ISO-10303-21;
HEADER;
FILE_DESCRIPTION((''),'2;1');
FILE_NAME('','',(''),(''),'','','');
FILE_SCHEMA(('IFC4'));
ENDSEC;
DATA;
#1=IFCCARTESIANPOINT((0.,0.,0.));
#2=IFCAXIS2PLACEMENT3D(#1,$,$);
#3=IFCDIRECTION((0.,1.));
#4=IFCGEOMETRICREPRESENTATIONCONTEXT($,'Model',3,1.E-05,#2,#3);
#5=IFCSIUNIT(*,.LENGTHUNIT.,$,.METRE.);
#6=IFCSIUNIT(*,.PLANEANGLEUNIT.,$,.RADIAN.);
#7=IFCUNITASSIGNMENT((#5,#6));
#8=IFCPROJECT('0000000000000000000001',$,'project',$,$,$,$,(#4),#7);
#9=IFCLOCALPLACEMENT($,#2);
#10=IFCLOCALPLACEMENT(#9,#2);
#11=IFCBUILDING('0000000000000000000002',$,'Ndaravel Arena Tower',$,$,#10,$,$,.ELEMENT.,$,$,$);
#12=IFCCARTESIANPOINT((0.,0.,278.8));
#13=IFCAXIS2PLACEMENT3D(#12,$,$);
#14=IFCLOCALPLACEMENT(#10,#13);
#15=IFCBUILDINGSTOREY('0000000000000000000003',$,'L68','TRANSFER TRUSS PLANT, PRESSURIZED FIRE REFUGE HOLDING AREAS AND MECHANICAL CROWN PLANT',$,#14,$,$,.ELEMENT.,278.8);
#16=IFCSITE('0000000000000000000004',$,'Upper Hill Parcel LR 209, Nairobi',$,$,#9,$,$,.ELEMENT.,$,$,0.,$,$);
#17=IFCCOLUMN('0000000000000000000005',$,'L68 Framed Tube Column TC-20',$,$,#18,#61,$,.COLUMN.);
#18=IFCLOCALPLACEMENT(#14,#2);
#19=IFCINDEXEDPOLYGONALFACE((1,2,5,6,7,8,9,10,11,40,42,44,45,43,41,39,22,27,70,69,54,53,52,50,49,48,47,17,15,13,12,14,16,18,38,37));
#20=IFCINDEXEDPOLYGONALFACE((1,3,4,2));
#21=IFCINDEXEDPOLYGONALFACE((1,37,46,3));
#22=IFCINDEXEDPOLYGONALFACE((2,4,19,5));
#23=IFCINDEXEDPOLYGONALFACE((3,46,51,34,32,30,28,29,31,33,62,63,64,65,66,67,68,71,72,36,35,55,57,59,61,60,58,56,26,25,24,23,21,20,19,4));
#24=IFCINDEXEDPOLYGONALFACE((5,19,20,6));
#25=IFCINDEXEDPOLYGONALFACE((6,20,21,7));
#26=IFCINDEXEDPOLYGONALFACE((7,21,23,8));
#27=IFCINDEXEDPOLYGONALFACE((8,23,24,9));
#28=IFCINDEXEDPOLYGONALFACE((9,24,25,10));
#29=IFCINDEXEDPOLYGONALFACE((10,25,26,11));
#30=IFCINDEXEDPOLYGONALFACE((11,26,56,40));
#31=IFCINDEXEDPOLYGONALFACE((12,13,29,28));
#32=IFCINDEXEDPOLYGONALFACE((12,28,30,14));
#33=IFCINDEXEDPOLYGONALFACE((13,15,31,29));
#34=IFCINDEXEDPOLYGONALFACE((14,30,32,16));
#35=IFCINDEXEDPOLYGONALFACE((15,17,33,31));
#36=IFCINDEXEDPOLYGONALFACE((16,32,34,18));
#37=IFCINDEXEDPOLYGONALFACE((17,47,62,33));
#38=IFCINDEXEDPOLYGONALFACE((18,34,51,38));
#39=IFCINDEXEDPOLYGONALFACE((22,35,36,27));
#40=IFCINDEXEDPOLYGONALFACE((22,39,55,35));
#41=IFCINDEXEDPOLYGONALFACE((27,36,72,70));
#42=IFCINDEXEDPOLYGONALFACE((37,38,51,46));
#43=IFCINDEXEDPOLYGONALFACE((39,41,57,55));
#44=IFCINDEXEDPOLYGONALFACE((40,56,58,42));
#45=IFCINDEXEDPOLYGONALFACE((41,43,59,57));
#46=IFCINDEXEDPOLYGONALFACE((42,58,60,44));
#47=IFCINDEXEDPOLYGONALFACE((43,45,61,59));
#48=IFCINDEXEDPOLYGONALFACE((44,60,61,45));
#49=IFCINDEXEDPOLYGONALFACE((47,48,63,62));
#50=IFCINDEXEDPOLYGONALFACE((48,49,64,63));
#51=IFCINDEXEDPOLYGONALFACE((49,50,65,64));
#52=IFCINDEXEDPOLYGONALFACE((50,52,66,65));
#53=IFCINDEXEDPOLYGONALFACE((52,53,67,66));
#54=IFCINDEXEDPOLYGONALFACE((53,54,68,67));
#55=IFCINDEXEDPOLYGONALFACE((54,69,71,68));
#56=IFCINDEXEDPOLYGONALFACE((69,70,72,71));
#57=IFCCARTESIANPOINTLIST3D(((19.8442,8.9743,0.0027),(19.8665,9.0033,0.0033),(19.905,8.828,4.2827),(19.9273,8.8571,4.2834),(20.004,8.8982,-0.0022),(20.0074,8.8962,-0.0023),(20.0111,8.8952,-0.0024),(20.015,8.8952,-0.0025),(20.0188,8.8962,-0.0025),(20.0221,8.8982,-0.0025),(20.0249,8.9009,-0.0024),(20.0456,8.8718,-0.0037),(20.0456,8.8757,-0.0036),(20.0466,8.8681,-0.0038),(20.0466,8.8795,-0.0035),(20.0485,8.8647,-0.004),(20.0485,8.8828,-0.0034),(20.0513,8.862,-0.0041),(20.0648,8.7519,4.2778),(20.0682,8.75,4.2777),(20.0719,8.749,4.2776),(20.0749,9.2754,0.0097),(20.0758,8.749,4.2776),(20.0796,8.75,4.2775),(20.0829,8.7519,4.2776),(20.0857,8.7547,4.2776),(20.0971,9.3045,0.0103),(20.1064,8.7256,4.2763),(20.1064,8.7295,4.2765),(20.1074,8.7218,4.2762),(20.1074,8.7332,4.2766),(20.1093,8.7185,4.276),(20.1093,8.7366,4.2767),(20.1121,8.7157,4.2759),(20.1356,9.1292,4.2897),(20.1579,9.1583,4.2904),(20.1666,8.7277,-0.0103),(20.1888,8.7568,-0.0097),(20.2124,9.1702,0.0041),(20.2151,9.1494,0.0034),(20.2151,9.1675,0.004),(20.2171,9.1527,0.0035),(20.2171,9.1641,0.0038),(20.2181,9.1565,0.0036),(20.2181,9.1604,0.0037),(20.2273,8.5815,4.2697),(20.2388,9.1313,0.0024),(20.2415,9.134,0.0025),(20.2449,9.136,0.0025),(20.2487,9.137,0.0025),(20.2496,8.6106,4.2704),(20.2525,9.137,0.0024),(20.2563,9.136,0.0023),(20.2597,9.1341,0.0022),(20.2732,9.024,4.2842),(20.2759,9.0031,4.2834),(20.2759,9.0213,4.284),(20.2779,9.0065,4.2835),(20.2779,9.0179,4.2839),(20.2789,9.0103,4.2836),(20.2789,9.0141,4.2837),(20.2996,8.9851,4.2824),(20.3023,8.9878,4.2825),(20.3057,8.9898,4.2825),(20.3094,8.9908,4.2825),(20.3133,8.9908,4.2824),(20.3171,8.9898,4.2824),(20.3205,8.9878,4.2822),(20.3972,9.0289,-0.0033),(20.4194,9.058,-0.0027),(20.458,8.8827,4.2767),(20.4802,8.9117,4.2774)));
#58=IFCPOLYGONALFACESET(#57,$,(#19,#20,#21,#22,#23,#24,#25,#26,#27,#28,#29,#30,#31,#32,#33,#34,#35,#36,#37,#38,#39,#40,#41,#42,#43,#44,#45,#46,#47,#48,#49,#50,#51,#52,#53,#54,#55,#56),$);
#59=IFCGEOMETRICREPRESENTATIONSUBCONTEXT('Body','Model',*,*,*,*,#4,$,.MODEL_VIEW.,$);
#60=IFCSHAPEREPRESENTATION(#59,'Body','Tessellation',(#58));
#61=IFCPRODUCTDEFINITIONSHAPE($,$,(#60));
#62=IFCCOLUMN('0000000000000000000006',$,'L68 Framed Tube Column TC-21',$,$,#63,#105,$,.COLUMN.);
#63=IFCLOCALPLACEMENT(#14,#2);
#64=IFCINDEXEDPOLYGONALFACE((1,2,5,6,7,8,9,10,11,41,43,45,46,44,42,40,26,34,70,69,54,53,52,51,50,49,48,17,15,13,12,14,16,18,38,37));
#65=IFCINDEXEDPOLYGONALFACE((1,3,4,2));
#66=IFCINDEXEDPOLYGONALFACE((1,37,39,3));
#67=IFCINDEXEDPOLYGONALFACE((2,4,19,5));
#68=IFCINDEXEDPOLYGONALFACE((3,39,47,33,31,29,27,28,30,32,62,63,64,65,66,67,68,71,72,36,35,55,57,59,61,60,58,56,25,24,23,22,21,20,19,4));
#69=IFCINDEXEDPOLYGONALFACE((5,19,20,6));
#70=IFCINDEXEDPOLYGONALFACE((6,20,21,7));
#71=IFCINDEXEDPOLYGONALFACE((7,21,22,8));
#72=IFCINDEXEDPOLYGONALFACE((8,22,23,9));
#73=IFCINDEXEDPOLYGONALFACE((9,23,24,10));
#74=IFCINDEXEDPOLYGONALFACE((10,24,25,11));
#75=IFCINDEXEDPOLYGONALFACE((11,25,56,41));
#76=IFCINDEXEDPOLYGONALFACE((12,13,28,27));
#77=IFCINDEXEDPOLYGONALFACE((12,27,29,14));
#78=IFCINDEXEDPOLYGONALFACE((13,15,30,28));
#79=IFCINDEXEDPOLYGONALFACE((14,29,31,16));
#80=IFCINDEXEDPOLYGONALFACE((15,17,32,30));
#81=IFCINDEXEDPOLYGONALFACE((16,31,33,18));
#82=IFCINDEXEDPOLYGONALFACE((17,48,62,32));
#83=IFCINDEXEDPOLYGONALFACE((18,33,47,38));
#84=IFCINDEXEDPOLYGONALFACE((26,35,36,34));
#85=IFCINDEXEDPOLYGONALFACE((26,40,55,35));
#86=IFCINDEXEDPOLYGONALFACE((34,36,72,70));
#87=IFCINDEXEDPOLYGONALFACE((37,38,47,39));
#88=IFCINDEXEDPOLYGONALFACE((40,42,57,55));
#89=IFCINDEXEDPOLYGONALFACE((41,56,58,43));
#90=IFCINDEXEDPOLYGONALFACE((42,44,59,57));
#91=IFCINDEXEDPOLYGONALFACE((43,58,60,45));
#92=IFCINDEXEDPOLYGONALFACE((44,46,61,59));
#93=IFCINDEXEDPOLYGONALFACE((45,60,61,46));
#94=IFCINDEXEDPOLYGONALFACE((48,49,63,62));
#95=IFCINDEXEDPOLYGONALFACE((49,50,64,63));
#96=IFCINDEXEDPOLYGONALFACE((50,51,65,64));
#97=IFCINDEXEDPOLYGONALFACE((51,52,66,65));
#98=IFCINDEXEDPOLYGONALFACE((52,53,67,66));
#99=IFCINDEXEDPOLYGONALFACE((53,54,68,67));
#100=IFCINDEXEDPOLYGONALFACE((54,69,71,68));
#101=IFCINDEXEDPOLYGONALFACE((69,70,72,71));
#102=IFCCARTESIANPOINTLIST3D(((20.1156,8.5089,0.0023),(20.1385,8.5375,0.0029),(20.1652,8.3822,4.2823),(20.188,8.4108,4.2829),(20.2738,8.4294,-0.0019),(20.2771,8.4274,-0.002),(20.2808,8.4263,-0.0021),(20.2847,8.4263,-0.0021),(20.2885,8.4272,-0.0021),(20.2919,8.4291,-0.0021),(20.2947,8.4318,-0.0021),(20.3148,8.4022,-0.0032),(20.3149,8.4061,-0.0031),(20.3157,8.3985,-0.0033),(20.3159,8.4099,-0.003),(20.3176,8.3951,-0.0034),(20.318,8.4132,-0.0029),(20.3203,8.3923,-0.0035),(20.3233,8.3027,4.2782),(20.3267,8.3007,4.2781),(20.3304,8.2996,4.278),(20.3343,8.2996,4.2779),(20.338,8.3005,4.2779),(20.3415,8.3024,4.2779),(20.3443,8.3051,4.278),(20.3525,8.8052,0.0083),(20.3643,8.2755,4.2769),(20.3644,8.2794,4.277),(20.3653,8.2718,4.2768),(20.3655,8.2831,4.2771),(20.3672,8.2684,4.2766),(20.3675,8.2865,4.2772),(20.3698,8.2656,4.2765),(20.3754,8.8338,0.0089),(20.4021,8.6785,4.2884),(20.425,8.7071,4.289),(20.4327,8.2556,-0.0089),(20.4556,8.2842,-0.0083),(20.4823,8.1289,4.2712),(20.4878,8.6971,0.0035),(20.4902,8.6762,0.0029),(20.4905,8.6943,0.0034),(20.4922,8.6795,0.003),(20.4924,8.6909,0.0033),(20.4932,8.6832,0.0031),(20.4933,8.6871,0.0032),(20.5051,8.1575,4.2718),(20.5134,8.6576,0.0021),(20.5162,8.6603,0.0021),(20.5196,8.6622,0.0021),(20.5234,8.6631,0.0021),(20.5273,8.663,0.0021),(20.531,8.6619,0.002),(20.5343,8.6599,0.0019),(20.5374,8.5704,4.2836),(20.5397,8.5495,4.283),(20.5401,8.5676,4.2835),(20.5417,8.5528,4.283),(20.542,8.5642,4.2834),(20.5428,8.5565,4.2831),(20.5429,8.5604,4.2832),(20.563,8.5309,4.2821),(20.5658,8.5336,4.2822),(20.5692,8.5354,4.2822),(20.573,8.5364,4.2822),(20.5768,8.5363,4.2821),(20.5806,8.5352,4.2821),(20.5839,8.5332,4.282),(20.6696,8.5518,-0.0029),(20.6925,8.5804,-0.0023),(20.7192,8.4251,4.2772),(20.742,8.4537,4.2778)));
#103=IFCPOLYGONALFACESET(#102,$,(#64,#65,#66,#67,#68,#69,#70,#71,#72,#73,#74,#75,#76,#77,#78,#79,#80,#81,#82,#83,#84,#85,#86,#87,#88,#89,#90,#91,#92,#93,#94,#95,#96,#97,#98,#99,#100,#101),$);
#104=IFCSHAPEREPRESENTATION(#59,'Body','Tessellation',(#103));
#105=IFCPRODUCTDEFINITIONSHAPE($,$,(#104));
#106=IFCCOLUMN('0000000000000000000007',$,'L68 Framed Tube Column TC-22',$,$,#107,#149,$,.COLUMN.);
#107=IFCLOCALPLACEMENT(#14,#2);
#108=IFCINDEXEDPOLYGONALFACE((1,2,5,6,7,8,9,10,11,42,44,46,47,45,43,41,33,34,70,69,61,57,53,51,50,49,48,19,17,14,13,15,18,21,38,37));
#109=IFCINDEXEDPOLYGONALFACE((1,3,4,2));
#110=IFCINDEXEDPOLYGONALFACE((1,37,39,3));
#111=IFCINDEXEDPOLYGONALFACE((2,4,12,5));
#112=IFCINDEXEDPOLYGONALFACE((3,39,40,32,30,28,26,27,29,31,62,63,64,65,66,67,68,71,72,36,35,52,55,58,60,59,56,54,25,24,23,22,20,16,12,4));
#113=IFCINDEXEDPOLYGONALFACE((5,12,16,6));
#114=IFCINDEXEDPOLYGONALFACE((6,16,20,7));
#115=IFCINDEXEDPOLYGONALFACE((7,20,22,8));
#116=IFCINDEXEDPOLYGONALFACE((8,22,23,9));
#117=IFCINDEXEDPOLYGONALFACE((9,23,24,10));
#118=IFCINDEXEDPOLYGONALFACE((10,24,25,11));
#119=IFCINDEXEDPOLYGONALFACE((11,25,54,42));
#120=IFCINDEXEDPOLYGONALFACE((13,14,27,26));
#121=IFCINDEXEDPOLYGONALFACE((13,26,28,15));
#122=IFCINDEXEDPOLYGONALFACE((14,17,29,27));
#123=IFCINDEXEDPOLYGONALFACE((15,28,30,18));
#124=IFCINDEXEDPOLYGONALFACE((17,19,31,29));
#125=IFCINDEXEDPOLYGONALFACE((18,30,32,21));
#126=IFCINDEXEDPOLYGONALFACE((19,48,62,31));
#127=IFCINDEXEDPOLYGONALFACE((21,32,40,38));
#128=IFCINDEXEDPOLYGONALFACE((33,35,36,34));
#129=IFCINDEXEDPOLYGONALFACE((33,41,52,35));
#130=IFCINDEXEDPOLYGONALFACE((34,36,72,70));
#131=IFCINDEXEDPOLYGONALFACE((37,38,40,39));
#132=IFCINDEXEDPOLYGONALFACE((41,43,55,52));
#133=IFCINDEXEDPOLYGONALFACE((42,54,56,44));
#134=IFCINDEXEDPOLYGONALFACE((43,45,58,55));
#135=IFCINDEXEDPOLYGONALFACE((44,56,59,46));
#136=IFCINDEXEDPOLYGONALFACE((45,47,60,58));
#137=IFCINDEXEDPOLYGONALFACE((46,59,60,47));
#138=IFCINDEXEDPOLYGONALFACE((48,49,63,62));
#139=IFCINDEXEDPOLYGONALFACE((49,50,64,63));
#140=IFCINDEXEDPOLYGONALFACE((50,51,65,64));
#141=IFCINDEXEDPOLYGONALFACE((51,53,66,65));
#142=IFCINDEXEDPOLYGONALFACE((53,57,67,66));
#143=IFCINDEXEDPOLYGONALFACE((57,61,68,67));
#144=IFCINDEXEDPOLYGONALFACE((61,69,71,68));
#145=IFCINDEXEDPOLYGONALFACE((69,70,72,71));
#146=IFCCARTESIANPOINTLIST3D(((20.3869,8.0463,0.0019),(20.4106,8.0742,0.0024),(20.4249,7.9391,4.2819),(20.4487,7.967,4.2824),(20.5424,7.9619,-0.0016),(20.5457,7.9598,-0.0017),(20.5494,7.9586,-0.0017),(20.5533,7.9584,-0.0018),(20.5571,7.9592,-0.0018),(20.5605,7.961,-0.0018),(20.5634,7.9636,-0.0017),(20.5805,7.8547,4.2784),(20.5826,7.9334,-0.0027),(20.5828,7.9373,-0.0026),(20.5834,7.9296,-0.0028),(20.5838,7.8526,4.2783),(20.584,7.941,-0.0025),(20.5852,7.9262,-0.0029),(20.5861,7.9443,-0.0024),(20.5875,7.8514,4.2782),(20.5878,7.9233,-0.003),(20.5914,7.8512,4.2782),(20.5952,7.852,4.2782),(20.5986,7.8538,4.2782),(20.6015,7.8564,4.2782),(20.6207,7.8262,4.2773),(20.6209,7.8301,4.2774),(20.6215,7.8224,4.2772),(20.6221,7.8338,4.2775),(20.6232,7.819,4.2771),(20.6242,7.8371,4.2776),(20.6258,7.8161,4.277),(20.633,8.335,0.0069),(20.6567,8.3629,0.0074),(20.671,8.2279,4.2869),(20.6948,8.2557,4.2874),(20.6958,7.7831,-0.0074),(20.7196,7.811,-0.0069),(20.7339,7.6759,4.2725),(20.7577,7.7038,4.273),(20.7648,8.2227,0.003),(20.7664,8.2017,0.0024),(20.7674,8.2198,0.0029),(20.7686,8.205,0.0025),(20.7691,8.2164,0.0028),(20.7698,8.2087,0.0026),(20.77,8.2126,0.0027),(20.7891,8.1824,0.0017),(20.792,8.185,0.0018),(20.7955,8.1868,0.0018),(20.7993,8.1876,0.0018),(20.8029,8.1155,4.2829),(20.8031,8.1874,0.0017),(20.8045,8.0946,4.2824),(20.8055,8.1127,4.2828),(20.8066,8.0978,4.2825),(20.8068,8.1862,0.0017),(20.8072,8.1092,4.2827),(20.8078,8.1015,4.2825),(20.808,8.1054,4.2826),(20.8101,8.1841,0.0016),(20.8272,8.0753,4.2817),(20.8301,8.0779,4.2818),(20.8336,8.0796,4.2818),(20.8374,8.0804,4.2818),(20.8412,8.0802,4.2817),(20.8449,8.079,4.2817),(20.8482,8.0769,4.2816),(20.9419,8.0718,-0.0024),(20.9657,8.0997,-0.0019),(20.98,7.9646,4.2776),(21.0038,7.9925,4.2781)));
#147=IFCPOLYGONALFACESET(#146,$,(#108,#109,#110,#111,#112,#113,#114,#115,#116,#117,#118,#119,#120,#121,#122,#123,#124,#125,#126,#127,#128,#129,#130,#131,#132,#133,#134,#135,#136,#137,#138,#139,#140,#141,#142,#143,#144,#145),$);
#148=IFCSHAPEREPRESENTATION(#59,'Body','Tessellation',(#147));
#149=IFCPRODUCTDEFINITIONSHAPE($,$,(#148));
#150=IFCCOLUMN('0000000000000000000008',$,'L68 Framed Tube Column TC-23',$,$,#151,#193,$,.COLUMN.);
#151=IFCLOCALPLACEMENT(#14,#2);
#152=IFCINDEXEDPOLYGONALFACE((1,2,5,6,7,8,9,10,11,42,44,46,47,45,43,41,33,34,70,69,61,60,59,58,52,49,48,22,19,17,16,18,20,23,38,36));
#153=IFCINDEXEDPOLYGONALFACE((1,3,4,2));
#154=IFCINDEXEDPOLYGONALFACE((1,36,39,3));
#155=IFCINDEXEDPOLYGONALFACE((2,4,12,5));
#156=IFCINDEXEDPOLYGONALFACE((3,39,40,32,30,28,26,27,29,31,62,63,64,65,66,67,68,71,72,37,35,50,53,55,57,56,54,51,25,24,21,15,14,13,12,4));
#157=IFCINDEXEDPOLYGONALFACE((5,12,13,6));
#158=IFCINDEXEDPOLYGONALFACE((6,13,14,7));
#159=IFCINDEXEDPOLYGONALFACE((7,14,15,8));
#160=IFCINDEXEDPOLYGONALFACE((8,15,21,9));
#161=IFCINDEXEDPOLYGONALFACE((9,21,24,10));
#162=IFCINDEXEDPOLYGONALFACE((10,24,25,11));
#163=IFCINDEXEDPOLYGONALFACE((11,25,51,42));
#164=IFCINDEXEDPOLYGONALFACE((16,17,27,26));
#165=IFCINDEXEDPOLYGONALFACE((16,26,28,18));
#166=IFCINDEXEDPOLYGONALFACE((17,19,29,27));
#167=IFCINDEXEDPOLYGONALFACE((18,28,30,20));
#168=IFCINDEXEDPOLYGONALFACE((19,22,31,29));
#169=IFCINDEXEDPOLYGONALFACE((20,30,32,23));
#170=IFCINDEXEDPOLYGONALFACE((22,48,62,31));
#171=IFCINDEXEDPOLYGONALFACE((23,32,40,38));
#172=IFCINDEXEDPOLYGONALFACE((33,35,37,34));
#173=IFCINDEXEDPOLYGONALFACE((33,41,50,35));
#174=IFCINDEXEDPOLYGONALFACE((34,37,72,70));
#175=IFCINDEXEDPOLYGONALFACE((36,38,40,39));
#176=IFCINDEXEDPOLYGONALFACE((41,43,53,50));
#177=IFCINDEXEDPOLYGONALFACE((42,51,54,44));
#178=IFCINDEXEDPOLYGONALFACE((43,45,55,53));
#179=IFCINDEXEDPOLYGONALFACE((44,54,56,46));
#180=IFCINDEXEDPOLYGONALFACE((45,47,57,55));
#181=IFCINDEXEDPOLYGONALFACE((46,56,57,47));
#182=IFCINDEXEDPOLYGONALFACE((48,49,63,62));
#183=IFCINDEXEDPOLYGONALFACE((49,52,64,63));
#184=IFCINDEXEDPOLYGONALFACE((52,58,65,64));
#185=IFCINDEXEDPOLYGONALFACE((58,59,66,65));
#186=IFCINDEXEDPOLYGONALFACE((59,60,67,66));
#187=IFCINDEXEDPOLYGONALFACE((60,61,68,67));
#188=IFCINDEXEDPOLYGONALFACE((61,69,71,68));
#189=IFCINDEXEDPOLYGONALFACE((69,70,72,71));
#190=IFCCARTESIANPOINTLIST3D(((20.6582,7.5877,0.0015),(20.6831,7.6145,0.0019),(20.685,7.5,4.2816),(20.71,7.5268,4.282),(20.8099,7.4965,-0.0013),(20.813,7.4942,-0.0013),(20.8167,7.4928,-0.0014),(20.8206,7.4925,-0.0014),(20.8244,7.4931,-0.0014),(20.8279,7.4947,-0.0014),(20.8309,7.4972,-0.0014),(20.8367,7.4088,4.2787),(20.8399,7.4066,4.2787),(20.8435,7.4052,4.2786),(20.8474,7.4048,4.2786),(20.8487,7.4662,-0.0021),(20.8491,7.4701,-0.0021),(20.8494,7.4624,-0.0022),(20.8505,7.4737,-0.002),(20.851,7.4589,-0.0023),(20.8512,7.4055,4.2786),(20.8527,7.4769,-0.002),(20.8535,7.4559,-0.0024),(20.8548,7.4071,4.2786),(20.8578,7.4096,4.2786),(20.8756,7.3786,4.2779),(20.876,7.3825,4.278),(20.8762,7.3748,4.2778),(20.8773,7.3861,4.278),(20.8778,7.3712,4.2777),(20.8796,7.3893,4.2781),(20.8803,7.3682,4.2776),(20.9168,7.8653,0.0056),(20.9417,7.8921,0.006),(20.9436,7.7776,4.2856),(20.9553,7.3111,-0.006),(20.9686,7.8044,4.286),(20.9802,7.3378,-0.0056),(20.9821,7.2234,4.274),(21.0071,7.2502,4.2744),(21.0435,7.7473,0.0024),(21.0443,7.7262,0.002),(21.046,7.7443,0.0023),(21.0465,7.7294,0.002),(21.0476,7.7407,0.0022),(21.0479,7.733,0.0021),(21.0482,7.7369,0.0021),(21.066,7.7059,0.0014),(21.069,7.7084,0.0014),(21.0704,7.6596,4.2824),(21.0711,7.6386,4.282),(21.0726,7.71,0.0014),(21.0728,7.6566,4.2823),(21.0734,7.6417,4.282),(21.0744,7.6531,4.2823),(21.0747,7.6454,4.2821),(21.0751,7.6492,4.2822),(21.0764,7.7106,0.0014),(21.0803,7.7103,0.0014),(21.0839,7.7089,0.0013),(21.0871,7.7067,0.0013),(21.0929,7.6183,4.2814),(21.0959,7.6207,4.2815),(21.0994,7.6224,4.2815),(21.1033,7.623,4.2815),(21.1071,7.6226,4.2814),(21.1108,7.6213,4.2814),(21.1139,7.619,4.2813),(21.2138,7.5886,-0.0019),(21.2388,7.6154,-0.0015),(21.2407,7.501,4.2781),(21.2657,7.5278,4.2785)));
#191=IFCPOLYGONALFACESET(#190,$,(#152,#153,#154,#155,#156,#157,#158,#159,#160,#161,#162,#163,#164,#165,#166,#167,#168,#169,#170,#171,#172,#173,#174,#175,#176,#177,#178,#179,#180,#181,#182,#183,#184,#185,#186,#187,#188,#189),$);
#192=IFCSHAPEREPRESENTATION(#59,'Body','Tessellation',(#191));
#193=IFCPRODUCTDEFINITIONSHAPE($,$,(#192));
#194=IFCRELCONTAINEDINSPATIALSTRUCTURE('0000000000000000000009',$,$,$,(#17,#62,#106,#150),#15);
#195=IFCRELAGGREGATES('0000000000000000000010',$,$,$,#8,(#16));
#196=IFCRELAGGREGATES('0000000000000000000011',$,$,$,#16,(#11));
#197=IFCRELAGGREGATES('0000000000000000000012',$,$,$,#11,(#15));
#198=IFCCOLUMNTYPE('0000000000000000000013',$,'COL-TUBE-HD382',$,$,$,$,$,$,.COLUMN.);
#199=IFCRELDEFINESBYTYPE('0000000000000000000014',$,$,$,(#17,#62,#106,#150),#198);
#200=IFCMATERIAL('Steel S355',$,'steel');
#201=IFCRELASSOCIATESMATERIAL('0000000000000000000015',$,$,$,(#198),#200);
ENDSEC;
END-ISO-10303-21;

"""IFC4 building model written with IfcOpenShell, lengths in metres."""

from ifc_helpers import new_model, si_unit, direction, frame, origin, origin_2d, place, context, subcontext, project, spatial, i_section, extrude, material, material_profile, profile_set, type_object, element, save


model = new_model("IFC4")

# Units and contexts
model_context = context("Model", 3, precision=1e-05, world=origin(), true_north=direction((0.0, 1.0)))
body_context = subcontext(model_context, "Body", "Model", "MODEL_VIEW")
ifc_project = project(units=[si_unit("LENGTHUNIT", "METRE"), si_unit("PLANEANGLEUNIT", "RADIAN")], contexts=[model_context])

# Site, building, storey
site_placement = place(None, origin())
site = spatial("IfcSite", under=ifc_project, at=site_placement, Name="Upper Hill Parcel LR 209, Nairobi", CompositionType="ELEMENT", RefElevation=0.0)
building_placement = place(site_placement, origin())
building = spatial("IfcBuilding", under=site, at=building_placement, Name="Ndaravel Arena Tower", CompositionType="ELEMENT")
storey_placement = place(building_placement, frame((0.0, 0.0, 278.8)))
storey = spatial("IfcBuildingStorey", under=building, at=storey_placement, Name="L68", Description="TRANSFER TRUSS PLANT, PRESSURIZED FIRE REFUGE HOLDING AREAS AND MECHANICAL CROWN PLANT", CompositionType="ELEMENT", Elevation=278.8)

# Columns
ifc_material_1 = material(Name="Steel S355", Category="steel")
ifc_material_profile_1 = material_profile(ifc_material_1, i_section(OverallWidth=0.406, OverallDepth=0.416, WebThickness=0.0298, FlangeThickness=0.0366, FilletRadius=0.0149, at=origin_2d()), Name="HD 400x382")
ifc_profile_set_1 = profile_set([ifc_material_profile_1], Name="Steel S355")
column_type = type_object("IfcColumnType", Name="COL-TUBE-HD382", PredefinedType="COLUMN", material=ifc_profile_set_1)
column_1_placement = place(storey_placement, frame((20.1318, 9.0161, 0.0), z_axis=(0.014194, -0.034145, 0.999316), x_axis=(-0.793894, 0.607213, 0.032023)))
element("IfcColumn", 1, at=column_1_placement, inside=storey, type_object=column_type, Name="L68 Framed Tube Column TC-20", PredefinedType="COLUMN", context=body_context, shape_type="SweptSolid", body=[
    extrude(i_section(OverallWidth=0.406, OverallDepth=0.416, WebThickness=0.0298, FlangeThickness=0.0366, FilletRadius=0.0149, at=origin_2d()), origin(), (0.0, 0.0, 1.0), 4.283),
])
column_2_placement = place(storey_placement, frame((20.4041, 8.5447, 0.0), z_axis=(0.011574, -0.02959, 0.999495), x_axis=(-0.78095, 0.623987, 0.027516)))
element("IfcColumn", 2, at=column_2_placement, inside=storey, type_object=column_type, Name="L68 Framed Tube Column TC-21", PredefinedType="COLUMN", context=body_context, shape_type="SweptSolid", body=[
    extrude(i_section(OverallWidth=0.406, OverallDepth=0.416, WebThickness=0.0298, FlangeThickness=0.0366, FilletRadius=0.0149, at=origin_2d()), origin(), (0.0, 0.0, 1.0), 4.2822),
])
column_3_placement = place(storey_placement, frame((20.6763, 8.073, 0.0), z_axis=(0.008895, -0.025033, 0.999647), x_axis=(-0.761015, 0.648326, 0.023007)))
element("IfcColumn", 3, at=column_3_placement, inside=storey, type_object=column_type, Name="L68 Framed Tube Column TC-22", PredefinedType="COLUMN", context=body_context, shape_type="SweptSolid", body=[
    extrude(i_section(OverallWidth=0.406, OverallDepth=0.416, WebThickness=0.0298, FlangeThickness=0.0366, FilletRadius=0.0149, at=origin_2d()), origin(), (0.0, 0.0, 1.0), 4.2815),
])
column_4_placement = place(storey_placement, frame((20.9485, 7.6016, 0.0), z_axis=(0.006273, -0.020473, 0.999771), x_axis=(-0.731717, 0.681356, 0.018544)))
element("IfcColumn", 4, at=column_4_placement, inside=storey, type_object=column_type, Name="L68 Framed Tube Column TC-23", PredefinedType="COLUMN", context=body_context, shape_type="SweptSolid", body=[
    extrude(i_section(OverallWidth=0.406, OverallDepth=0.416, WebThickness=0.0298, FlangeThickness=0.0366, FilletRadius=0.0149, at=origin_2d()), origin(), (0.0, 0.0, 1.0), 4.281),
])

save(model, "model.ifc")
